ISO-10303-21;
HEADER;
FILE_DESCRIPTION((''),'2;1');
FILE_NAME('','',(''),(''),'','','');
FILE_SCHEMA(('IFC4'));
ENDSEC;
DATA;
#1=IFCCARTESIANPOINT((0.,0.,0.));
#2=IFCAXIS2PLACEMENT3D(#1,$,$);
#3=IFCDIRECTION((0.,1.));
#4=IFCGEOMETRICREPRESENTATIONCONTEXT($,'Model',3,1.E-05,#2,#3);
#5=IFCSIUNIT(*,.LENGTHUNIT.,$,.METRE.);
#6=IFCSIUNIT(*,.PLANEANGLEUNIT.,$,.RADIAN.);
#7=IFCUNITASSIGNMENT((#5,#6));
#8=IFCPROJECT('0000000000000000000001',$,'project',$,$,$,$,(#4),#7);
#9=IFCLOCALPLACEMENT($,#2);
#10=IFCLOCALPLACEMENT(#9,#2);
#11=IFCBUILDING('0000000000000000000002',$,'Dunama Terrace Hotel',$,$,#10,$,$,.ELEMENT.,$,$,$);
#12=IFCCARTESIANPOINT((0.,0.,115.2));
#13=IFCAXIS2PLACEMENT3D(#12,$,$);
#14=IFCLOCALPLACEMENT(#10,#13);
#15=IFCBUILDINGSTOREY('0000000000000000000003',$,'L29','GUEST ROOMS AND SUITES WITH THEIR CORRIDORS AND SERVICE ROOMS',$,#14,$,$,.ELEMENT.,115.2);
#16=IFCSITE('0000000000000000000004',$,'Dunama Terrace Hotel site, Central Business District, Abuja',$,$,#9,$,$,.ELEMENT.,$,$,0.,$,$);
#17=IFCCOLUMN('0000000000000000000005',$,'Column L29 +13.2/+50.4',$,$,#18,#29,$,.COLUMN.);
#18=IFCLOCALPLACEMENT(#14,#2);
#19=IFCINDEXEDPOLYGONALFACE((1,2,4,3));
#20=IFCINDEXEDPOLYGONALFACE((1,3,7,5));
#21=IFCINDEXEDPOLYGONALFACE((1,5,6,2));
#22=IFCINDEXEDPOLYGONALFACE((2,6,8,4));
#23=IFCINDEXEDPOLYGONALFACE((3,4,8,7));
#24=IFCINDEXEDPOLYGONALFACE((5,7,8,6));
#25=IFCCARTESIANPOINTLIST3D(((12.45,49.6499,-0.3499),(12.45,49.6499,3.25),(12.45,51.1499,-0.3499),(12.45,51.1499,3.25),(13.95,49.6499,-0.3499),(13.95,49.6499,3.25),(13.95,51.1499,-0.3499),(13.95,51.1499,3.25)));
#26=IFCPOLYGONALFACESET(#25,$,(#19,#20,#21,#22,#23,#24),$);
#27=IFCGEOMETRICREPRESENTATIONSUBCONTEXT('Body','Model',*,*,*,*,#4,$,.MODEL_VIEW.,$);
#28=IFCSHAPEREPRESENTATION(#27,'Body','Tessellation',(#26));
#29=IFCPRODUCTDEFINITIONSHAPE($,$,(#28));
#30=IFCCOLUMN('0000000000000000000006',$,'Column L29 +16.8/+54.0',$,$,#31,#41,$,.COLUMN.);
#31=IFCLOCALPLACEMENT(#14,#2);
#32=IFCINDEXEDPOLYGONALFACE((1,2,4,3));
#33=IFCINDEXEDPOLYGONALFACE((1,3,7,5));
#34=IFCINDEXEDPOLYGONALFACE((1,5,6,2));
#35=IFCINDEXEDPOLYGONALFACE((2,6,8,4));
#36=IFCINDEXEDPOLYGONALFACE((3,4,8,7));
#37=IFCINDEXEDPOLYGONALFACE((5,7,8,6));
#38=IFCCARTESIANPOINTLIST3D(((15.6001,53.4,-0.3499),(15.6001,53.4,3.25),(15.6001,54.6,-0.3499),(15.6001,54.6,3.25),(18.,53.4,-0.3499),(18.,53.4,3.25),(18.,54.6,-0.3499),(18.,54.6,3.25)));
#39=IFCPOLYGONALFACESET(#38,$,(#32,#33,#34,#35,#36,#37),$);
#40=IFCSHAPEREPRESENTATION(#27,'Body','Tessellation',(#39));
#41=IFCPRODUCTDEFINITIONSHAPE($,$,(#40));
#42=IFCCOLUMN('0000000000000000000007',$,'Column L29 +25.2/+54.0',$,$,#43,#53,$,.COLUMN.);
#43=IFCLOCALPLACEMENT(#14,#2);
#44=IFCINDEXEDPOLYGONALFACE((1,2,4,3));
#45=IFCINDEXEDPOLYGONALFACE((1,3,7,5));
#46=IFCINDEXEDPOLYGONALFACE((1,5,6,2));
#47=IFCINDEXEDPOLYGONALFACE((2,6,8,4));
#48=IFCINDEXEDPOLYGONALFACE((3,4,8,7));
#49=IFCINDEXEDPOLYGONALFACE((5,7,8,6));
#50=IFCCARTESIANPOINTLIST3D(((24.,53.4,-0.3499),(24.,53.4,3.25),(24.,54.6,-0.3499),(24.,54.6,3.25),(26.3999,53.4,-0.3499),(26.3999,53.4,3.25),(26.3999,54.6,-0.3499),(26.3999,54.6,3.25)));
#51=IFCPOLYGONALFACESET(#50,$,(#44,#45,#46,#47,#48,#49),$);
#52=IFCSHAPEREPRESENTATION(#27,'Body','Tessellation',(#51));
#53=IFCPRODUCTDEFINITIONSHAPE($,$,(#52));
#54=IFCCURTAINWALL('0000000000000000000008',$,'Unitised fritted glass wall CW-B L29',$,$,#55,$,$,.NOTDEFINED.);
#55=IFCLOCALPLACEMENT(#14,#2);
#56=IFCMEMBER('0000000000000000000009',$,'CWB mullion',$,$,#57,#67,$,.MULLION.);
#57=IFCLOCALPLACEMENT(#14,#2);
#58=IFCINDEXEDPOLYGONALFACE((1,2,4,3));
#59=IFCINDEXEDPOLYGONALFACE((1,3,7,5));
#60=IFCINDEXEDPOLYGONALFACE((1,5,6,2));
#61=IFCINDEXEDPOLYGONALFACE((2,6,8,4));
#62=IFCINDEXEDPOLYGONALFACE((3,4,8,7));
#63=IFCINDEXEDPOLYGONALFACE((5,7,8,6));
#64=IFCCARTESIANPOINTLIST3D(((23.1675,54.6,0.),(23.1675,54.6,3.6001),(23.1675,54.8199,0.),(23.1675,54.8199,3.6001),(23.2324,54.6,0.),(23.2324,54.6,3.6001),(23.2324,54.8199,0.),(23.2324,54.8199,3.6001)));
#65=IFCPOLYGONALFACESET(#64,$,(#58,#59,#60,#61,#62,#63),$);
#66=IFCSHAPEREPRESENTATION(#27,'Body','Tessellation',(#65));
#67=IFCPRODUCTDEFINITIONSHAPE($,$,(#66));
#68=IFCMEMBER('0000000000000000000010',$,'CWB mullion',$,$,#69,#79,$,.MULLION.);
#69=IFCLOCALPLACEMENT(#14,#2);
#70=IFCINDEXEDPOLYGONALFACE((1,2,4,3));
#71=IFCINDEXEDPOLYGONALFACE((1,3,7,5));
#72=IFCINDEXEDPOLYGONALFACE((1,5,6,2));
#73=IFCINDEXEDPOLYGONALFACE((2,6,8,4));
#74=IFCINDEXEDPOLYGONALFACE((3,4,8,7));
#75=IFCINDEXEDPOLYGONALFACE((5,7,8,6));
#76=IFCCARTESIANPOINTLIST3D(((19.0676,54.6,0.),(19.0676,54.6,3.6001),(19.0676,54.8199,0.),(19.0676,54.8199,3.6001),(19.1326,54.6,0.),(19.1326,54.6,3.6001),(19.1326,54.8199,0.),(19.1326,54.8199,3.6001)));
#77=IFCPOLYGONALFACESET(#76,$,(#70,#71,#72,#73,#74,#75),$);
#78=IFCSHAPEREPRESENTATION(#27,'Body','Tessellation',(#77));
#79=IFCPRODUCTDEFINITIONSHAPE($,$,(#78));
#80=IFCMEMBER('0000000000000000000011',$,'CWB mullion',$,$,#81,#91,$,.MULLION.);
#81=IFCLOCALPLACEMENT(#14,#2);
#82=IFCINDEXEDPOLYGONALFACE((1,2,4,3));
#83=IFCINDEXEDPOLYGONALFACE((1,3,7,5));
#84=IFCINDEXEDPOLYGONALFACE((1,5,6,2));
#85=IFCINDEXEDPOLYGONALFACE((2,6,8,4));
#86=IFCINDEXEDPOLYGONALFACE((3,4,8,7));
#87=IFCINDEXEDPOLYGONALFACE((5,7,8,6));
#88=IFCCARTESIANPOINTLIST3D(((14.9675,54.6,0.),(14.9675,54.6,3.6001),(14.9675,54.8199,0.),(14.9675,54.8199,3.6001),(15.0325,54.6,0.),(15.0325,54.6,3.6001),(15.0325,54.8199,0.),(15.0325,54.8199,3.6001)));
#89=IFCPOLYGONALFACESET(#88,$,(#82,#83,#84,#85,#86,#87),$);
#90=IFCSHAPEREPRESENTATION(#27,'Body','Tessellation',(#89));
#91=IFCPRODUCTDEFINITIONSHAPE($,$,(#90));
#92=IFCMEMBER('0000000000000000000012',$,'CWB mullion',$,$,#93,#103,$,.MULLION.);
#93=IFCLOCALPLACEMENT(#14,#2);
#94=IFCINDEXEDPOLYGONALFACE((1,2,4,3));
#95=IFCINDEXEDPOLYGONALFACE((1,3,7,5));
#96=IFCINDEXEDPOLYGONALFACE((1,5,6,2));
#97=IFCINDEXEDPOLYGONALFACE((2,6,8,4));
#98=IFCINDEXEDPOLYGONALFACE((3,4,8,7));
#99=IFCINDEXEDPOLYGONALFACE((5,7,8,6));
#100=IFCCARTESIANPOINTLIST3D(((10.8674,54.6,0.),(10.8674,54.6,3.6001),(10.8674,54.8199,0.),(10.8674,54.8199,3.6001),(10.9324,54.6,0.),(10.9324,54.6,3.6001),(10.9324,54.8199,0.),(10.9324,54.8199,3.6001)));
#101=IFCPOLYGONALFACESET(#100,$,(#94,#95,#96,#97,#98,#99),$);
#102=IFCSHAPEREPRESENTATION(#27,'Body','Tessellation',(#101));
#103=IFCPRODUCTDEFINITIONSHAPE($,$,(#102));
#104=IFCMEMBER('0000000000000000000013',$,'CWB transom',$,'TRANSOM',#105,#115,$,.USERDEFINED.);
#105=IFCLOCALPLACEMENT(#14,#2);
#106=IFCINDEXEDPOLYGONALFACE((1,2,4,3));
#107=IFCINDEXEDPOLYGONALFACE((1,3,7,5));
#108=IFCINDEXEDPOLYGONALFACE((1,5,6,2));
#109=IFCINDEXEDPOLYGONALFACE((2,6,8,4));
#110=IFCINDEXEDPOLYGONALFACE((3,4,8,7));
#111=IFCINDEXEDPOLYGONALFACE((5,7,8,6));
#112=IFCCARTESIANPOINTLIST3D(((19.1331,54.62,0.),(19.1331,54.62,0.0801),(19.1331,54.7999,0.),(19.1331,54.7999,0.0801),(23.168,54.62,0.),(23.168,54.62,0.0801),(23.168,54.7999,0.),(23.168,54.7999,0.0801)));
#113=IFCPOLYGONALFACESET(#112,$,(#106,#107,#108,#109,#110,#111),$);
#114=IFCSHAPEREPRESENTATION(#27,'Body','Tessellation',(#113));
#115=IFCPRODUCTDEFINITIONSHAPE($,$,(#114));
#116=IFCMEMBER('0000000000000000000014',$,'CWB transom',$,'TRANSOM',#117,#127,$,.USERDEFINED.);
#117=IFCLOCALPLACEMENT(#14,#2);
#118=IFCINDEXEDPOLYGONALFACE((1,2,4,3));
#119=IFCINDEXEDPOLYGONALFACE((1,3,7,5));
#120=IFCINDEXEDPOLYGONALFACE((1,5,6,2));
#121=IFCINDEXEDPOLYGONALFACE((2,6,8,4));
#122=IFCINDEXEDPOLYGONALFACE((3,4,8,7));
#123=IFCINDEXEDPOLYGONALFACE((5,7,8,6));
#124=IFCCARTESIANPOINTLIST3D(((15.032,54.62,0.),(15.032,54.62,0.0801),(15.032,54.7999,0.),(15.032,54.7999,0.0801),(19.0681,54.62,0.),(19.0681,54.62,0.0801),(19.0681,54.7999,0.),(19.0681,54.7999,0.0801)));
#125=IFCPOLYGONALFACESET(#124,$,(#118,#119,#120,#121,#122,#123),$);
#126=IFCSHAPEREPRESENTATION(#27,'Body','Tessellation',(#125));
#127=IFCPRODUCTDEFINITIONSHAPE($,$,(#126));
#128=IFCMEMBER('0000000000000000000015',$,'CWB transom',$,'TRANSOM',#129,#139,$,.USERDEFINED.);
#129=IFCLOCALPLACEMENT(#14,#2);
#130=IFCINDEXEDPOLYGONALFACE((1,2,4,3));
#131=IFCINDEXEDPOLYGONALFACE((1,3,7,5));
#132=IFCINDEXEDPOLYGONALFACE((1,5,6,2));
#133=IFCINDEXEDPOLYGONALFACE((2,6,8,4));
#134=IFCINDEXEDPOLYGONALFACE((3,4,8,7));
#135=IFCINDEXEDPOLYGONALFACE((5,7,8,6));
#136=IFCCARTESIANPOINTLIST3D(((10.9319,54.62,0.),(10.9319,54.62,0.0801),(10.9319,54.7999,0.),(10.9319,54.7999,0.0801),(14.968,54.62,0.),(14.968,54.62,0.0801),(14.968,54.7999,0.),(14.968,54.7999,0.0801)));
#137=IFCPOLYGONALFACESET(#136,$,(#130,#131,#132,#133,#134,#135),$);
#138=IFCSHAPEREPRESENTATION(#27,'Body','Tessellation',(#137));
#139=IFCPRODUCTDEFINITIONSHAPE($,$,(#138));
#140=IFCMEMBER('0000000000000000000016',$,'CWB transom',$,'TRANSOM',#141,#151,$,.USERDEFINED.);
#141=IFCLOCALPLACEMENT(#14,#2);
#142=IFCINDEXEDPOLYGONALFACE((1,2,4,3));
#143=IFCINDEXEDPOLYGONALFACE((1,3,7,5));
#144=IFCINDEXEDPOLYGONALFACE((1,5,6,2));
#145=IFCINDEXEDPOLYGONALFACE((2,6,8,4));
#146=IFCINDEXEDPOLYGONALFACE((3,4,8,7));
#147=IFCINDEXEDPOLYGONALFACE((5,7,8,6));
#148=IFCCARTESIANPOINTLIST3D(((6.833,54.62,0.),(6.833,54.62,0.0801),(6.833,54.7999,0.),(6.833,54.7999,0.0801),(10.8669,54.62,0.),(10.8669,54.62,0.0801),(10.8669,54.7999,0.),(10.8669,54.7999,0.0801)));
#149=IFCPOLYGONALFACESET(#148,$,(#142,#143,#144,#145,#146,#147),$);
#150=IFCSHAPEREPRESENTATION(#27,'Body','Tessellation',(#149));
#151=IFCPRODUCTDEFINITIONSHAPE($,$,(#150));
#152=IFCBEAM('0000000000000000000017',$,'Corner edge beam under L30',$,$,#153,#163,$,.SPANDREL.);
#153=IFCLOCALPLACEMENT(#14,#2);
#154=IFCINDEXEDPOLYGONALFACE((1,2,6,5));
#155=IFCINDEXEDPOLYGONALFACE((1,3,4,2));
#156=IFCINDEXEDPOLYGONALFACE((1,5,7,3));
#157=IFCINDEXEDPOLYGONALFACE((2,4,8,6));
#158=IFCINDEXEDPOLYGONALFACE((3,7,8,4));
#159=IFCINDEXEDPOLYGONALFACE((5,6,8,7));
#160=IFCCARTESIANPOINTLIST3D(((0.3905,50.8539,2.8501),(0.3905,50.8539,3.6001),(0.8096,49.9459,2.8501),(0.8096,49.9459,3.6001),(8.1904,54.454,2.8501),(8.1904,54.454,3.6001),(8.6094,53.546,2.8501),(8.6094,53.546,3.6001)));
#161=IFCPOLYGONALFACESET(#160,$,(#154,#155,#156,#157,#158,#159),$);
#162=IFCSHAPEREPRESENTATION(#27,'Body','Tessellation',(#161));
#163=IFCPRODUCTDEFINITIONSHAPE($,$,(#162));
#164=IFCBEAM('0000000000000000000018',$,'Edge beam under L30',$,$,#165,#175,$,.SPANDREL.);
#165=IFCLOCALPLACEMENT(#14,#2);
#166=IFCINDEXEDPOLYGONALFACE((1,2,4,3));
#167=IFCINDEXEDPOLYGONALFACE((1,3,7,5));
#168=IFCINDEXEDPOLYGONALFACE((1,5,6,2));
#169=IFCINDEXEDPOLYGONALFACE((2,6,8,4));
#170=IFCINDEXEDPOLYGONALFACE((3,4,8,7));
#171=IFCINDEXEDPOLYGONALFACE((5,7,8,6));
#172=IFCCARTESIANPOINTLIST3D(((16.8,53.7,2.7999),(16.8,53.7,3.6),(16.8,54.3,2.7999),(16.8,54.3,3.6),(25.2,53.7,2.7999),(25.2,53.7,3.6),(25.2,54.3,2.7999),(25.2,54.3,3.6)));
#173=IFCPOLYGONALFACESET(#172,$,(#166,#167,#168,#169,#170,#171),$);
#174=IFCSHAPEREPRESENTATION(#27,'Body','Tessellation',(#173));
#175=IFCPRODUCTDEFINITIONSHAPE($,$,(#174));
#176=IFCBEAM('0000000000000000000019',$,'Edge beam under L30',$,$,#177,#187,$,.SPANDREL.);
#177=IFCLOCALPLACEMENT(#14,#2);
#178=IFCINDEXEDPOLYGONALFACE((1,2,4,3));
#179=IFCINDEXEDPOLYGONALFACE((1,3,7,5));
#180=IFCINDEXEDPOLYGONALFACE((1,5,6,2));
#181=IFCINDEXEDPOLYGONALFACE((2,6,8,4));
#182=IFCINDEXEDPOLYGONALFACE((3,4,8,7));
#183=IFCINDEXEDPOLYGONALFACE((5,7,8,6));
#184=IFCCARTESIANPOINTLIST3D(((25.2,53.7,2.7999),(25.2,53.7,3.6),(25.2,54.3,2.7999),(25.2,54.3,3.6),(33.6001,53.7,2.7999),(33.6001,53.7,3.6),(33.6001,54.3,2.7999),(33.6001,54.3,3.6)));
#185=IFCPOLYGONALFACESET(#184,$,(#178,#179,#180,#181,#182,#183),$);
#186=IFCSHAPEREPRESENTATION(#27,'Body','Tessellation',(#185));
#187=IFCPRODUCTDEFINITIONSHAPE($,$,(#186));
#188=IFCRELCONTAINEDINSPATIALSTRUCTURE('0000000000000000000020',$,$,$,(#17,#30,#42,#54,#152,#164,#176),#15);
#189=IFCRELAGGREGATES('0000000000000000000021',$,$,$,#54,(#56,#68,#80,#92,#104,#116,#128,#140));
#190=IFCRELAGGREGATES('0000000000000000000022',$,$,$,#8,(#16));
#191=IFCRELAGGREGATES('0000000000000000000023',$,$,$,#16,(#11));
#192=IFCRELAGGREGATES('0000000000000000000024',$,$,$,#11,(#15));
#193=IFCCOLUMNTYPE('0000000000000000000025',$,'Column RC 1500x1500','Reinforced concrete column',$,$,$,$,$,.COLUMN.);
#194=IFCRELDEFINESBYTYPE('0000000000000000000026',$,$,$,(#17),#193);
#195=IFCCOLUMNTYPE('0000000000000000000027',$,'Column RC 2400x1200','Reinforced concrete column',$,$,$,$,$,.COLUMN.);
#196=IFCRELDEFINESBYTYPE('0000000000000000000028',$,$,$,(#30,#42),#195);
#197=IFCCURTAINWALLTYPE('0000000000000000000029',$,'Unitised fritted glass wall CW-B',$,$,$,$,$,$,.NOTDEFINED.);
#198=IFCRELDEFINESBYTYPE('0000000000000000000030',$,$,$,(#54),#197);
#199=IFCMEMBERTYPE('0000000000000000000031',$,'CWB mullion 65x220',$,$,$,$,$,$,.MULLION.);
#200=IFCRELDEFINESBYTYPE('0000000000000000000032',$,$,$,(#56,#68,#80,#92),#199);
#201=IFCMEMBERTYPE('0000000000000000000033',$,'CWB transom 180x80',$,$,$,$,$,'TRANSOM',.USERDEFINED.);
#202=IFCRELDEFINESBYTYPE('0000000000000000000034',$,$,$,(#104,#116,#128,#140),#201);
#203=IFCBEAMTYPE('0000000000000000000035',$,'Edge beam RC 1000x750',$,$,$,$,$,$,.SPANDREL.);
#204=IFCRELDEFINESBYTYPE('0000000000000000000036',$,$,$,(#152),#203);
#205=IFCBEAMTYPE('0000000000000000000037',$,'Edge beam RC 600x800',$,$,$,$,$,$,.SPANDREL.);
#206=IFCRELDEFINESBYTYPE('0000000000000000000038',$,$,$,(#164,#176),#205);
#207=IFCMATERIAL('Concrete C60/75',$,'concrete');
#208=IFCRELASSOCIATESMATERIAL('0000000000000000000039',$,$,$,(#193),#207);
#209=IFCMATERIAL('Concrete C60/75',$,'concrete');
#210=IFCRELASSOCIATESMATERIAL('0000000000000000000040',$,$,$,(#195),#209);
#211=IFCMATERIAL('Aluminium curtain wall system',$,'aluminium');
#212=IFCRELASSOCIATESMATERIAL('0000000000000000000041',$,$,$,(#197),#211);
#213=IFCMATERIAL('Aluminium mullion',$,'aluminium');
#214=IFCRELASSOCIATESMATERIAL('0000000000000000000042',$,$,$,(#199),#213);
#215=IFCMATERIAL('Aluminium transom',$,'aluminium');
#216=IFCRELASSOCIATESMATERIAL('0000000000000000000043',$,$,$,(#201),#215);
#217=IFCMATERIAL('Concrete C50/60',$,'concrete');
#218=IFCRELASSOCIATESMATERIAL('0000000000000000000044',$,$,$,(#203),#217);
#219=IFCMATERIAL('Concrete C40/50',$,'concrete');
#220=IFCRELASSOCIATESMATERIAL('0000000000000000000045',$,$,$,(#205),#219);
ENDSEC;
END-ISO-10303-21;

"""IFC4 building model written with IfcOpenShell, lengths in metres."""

from ifc_helpers import new_model, si_unit, direction, frame, origin, origin_2d, place, context, subcontext, project, spatial, rectangle, extrude, material, material_profile, profile_set, type_object, element, aggregate, save


model = new_model("IFC4")

# Units and contexts
model_context = context("Model", 3, precision=1e-05, world=origin(), true_north=direction((0.0, 1.0)))
body_context = subcontext(model_context, "Body", "Model", "MODEL_VIEW")
ifc_project = project(units=[si_unit("LENGTHUNIT", "METRE"), si_unit("PLANEANGLEUNIT", "RADIAN")], contexts=[model_context])

# Site, building, storey
site_placement = place(None, origin())
site = spatial("IfcSite", under=ifc_project, at=site_placement, Name="Dunama Terrace Hotel site, Central Business District, Abuja", CompositionType="ELEMENT", RefElevation=0.0)
building_placement = place(site_placement, origin())
building = spatial("IfcBuilding", under=site, at=building_placement, Name="Dunama Terrace Hotel", CompositionType="ELEMENT")
storey_placement = place(building_placement, frame((0.0, 0.0, 115.2)))
storey = spatial("IfcBuildingStorey", under=building, at=storey_placement, Name="L29", Description="GUEST ROOMS AND SUITES WITH THEIR CORRIDORS AND SERVICE ROOMS", CompositionType="ELEMENT", Elevation=115.2)

# Columns
ifc_material_1 = material(Name="Concrete C60/75", Category="concrete")
ifc_material_profile_1 = material_profile(ifc_material_1, rectangle(XDim=1.5, YDim=1.5, at=origin_2d()), Name="RC 1500x1500")
ifc_profile_set_1 = profile_set([ifc_material_profile_1], Name="Concrete C60/75")
column_type_1 = type_object("IfcColumnType", Name="Column RC 1500x1500", Description="Reinforced concrete column", PredefinedType="COLUMN", material=ifc_profile_set_1)
column_placement = place(storey_placement, frame((13.2, 50.3999, -0.3499), z_axis=(0.0, 0.0, 1.0), x_axis=(1.0, 0.0, 0.0)))
element("IfcColumn", 1, at=column_placement, inside=storey, type_object=column_type_1, Name="Column L29 +13.2/+50.4", PredefinedType="COLUMN", context=body_context, shape_type="SweptSolid", body=[
    extrude(rectangle(XDim=1.5, YDim=1.5, at=origin_2d()), origin(), (0.0, 0.0, 1.0), 3.5999),
])
ifc_material_2 = material(Name="Concrete C60/75", Category="concrete")
ifc_material_profile_2 = material_profile(ifc_material_2, rectangle(XDim=2.3999, YDim=1.2, at=origin_2d()), Name="RC 2400x1200")
ifc_profile_set_2 = profile_set([ifc_material_profile_2], Name="Concrete C60/75")
column_type_2 = type_object("IfcColumnType", Name="Column RC 2400x1200", Description="Reinforced concrete column", PredefinedType="COLUMN", material=ifc_profile_set_2)
for number, where, z_axis, x_axis, name in (
    (2, (16.8, 54.0, -0.3499), (0.0, 0.0, 1.0), (1.0, 0.0, 0.0), "Column L29 +16.8/+54.0"),
    (3, (25.2, 54.0, -0.3499), (0.0, 0.0, 1.0), (1.0, 0.0, 0.0), "Column L29 +25.2/+54.0"),
):
    element("IfcColumn", number, at=place(storey_placement, frame(where, z_axis=z_axis, x_axis=x_axis)), inside=storey, type_object=column_type_2, Name=name, PredefinedType="COLUMN", context=body_context, shape_type="SweptSolid", body=[
        extrude(rectangle(XDim=2.3999, YDim=1.2, at=origin_2d()), origin(), (0.0, 0.0, 1.0), 3.5999),
    ])

# Curtain wall, members
ifc_material_3 = material(Name="Aluminium curtain wall system", Category="aluminium")
curtain_wall_type = type_object("IfcCurtainWallType", Name="Unitised fritted glass wall CW-B", PredefinedType="NOTDEFINED", material=ifc_material_3)
curtain_wall_placement = place(storey_placement, origin())
curtain_wall = element("IfcCurtainWall", 4, at=curtain_wall_placement, inside=storey, type_object=curtain_wall_type, Name="Unitised fritted glass wall CW-B L29", PredefinedType="NOTDEFINED")
ifc_material_4 = material(Name="Aluminium mullion", Category="aluminium")
ifc_material_profile_3 = material_profile(ifc_material_4, rectangle(XDim=0.0649, YDim=0.22, at=origin_2d()), Name="CWB MULLION 65X220")
ifc_profile_set_3 = profile_set([ifc_material_profile_3], Name="Aluminium mullion")
member_type_1 = type_object("IfcMemberType", Name="CWB mullion 65x220", PredefinedType="MULLION", material=ifc_profile_set_3)
member_1_placement = place(storey_placement, frame((23.2, 54.71, 0.0), z_axis=(0.0, 0.0, 1.0), x_axis=(-1.0, 0.0, 0.0)))
member_1 = element("IfcMember", 5, at=member_1_placement, type_object=member_type_1, Name="CWB mullion", PredefinedType="MULLION", context=body_context, shape_type="SweptSolid", body=[
    extrude(rectangle(XDim=0.0649, YDim=0.22, at=origin_2d()), origin(), (0.0, 0.0, 1.0), 3.6001),
])
member_2_placement = place(storey_placement, frame((19.1001, 54.71, 0.0), z_axis=(0.0, 0.0, 1.0), x_axis=(-1.0, 0.0, 0.0)))
member_2 = element("IfcMember", 6, at=member_2_placement, type_object=member_type_1, Name="CWB mullion", PredefinedType="MULLION", context=body_context, shape_type="SweptSolid", body=[
    extrude(rectangle(XDim=0.0649, YDim=0.22, at=origin_2d()), origin(), (0.0, 0.0, 1.0), 3.6001),
])
member_3_placement = place(storey_placement, frame((15.0, 54.71, 0.0), z_axis=(0.0, 0.0, 1.0), x_axis=(-1.0, 0.0, 0.0)))
member_3 = element("IfcMember", 7, at=member_3_placement, type_object=member_type_1, Name="CWB mullion", PredefinedType="MULLION", context=body_context, shape_type="SweptSolid", body=[
    extrude(rectangle(XDim=0.0649, YDim=0.22, at=origin_2d()), origin(), (0.0, 0.0, 1.0), 3.6001),
])
member_4_placement = place(storey_placement, frame((10.8999, 54.71, 0.0), z_axis=(0.0, 0.0, 1.0), x_axis=(-1.0, 0.0, 0.0)))
member_4 = element("IfcMember", 8, at=member_4_placement, type_object=member_type_1, Name="CWB mullion", PredefinedType="MULLION", context=body_context, shape_type="SweptSolid", body=[
    extrude(rectangle(XDim=0.0649, YDim=0.22, at=origin_2d()), origin(), (0.0, 0.0, 1.0), 3.6001),
])
ifc_material_5 = material(Name="Aluminium transom", Category="aluminium")
ifc_material_profile_4 = material_profile(ifc_material_5, rectangle(XDim=0.1799, YDim=0.0801, at=origin_2d()), Name="CWB TRANSOM 180X80")
ifc_profile_set_4 = profile_set([ifc_material_profile_4], Name="Aluminium transom")
member_type_2 = type_object("IfcMemberType", Name="CWB transom 180x80", ElementType="TRANSOM", PredefinedType="USERDEFINED", material=ifc_profile_set_4)
member_5_placement = place(storey_placement, frame((23.168, 54.71, 0.04), z_axis=(-1.0, 0.0, 0.0), x_axis=(0.0, -1.0, 0.0)))
member_5 = element("IfcMember", 9, at=member_5_placement, type_object=member_type_2, Name="CWB transom", ObjectType="TRANSOM", PredefinedType="USERDEFINED", context=body_context, shape_type="SweptSolid", body=[
    extrude(rectangle(XDim=0.1799, YDim=0.0801, at=origin_2d()), origin(), (0.0, 0.0, 1.0), 4.0349),
])
member_6_placement = place(storey_placement, frame((19.0681, 54.71, 0.04), z_axis=(-1.0, 0.0, 0.0), x_axis=(0.0, -1.0, 0.0)))
member_6 = element("IfcMember", 10, at=member_6_placement, type_object=member_type_2, Name="CWB transom", ObjectType="TRANSOM", PredefinedType="USERDEFINED", context=body_context, shape_type="SweptSolid", body=[
    extrude(rectangle(XDim=0.1799, YDim=0.0801, at=origin_2d()), origin(), (0.0, 0.0, 1.0), 4.0361),
])
member_7_placement = place(storey_placement, frame((14.968, 54.71, 0.04), z_axis=(-1.0, 0.0, 0.0), x_axis=(0.0, -1.0, 0.0)))
member_7 = element("IfcMember", 11, at=member_7_placement, type_object=member_type_2, Name="CWB transom", ObjectType="TRANSOM", PredefinedType="USERDEFINED", context=body_context, shape_type="SweptSolid", body=[
    extrude(rectangle(XDim=0.1799, YDim=0.0801, at=origin_2d()), origin(), (0.0, 0.0, 1.0), 4.0361),
])
member_8_placement = place(storey_placement, frame((10.8669, 54.71, 0.04), z_axis=(-1.0, 0.0, 0.0), x_axis=(0.0, -1.0, 0.0)))
member_8 = element("IfcMember", 12, at=member_8_placement, type_object=member_type_2, Name="CWB transom", ObjectType="TRANSOM", PredefinedType="USERDEFINED", context=body_context, shape_type="SweptSolid", body=[
    extrude(rectangle(XDim=0.1799, YDim=0.0801, at=origin_2d()), origin(), (0.0, 0.0, 1.0), 4.0339),
])

# Beams
ifc_material_6 = material(Name="Concrete C50/60", Category="concrete")
ifc_material_profile_5 = material_profile(ifc_material_6, rectangle(XDim=1.0, YDim=0.75, at=origin_2d()), Name="RC 1000x750")
ifc_profile_set_5 = profile_set([ifc_material_profile_5], Name="Concrete C50/60")
beam_type_1 = type_object("IfcBeamType", Name="Edge beam RC 1000x750", PredefinedType="SPANDREL", material=ifc_profile_set_5)
beam_1_placement = place(storey_placement, frame((8.3999, 54.0, 3.2251), z_axis=(-0.907951, -0.419076, 0.0), x_axis=(0.419076, -0.907951, 0.0)))
element("IfcBeam", 13, at=beam_1_placement, inside=storey, type_object=beam_type_1, Name="Corner edge beam under L30", PredefinedType="SPANDREL", context=body_context, shape_type="SweptSolid", body=[
    extrude(rectangle(XDim=1.0, YDim=0.75, at=origin_2d()), origin(), (0.0, 0.0, 1.0), 8.5906),
])
ifc_material_7 = material(Name="Concrete C40/50", Category="concrete")
ifc_material_profile_6 = material_profile(ifc_material_7, rectangle(XDim=0.6001, YDim=0.8, at=origin_2d()), Name="RC 600x800")
ifc_profile_set_6 = profile_set([ifc_material_profile_6], Name="Concrete C40/50")
beam_type_2 = type_object("IfcBeamType", Name="Edge beam RC 600x800", PredefinedType="SPANDREL", material=ifc_profile_set_6)
beam_2_placement = place(storey_placement, frame((16.8, 54.0, 3.2), z_axis=(1.0, 0.0, 0.0), x_axis=(0.0, 1.0, 0.0)))
element("IfcBeam", 14, at=beam_2_placement, inside=storey, type_object=beam_type_2, Name="Edge beam under L30", PredefinedType="SPANDREL", context=body_context, shape_type="SweptSolid", body=[
    extrude(rectangle(XDim=0.6001, YDim=0.8, at=origin_2d()), origin(), (0.0, 0.0, 1.0), 8.3999),
])
beam_3_placement = place(storey_placement, frame((25.2, 54.0, 3.2), z_axis=(1.0, 0.0, 0.0), x_axis=(0.0, 1.0, 0.0)))
element("IfcBeam", 15, at=beam_3_placement, inside=storey, type_object=beam_type_2, Name="Edge beam under L30", PredefinedType="SPANDREL", context=body_context, shape_type="SweptSolid", body=[
    extrude(rectangle(XDim=0.6001, YDim=0.8, at=origin_2d()), origin(), (0.0, 0.0, 1.0), 8.4001),
])

aggregate(curtain_wall, [member_1, member_2, member_3, member_4, member_5, member_6, member_7, member_8])

save(model, "model.ifc")
